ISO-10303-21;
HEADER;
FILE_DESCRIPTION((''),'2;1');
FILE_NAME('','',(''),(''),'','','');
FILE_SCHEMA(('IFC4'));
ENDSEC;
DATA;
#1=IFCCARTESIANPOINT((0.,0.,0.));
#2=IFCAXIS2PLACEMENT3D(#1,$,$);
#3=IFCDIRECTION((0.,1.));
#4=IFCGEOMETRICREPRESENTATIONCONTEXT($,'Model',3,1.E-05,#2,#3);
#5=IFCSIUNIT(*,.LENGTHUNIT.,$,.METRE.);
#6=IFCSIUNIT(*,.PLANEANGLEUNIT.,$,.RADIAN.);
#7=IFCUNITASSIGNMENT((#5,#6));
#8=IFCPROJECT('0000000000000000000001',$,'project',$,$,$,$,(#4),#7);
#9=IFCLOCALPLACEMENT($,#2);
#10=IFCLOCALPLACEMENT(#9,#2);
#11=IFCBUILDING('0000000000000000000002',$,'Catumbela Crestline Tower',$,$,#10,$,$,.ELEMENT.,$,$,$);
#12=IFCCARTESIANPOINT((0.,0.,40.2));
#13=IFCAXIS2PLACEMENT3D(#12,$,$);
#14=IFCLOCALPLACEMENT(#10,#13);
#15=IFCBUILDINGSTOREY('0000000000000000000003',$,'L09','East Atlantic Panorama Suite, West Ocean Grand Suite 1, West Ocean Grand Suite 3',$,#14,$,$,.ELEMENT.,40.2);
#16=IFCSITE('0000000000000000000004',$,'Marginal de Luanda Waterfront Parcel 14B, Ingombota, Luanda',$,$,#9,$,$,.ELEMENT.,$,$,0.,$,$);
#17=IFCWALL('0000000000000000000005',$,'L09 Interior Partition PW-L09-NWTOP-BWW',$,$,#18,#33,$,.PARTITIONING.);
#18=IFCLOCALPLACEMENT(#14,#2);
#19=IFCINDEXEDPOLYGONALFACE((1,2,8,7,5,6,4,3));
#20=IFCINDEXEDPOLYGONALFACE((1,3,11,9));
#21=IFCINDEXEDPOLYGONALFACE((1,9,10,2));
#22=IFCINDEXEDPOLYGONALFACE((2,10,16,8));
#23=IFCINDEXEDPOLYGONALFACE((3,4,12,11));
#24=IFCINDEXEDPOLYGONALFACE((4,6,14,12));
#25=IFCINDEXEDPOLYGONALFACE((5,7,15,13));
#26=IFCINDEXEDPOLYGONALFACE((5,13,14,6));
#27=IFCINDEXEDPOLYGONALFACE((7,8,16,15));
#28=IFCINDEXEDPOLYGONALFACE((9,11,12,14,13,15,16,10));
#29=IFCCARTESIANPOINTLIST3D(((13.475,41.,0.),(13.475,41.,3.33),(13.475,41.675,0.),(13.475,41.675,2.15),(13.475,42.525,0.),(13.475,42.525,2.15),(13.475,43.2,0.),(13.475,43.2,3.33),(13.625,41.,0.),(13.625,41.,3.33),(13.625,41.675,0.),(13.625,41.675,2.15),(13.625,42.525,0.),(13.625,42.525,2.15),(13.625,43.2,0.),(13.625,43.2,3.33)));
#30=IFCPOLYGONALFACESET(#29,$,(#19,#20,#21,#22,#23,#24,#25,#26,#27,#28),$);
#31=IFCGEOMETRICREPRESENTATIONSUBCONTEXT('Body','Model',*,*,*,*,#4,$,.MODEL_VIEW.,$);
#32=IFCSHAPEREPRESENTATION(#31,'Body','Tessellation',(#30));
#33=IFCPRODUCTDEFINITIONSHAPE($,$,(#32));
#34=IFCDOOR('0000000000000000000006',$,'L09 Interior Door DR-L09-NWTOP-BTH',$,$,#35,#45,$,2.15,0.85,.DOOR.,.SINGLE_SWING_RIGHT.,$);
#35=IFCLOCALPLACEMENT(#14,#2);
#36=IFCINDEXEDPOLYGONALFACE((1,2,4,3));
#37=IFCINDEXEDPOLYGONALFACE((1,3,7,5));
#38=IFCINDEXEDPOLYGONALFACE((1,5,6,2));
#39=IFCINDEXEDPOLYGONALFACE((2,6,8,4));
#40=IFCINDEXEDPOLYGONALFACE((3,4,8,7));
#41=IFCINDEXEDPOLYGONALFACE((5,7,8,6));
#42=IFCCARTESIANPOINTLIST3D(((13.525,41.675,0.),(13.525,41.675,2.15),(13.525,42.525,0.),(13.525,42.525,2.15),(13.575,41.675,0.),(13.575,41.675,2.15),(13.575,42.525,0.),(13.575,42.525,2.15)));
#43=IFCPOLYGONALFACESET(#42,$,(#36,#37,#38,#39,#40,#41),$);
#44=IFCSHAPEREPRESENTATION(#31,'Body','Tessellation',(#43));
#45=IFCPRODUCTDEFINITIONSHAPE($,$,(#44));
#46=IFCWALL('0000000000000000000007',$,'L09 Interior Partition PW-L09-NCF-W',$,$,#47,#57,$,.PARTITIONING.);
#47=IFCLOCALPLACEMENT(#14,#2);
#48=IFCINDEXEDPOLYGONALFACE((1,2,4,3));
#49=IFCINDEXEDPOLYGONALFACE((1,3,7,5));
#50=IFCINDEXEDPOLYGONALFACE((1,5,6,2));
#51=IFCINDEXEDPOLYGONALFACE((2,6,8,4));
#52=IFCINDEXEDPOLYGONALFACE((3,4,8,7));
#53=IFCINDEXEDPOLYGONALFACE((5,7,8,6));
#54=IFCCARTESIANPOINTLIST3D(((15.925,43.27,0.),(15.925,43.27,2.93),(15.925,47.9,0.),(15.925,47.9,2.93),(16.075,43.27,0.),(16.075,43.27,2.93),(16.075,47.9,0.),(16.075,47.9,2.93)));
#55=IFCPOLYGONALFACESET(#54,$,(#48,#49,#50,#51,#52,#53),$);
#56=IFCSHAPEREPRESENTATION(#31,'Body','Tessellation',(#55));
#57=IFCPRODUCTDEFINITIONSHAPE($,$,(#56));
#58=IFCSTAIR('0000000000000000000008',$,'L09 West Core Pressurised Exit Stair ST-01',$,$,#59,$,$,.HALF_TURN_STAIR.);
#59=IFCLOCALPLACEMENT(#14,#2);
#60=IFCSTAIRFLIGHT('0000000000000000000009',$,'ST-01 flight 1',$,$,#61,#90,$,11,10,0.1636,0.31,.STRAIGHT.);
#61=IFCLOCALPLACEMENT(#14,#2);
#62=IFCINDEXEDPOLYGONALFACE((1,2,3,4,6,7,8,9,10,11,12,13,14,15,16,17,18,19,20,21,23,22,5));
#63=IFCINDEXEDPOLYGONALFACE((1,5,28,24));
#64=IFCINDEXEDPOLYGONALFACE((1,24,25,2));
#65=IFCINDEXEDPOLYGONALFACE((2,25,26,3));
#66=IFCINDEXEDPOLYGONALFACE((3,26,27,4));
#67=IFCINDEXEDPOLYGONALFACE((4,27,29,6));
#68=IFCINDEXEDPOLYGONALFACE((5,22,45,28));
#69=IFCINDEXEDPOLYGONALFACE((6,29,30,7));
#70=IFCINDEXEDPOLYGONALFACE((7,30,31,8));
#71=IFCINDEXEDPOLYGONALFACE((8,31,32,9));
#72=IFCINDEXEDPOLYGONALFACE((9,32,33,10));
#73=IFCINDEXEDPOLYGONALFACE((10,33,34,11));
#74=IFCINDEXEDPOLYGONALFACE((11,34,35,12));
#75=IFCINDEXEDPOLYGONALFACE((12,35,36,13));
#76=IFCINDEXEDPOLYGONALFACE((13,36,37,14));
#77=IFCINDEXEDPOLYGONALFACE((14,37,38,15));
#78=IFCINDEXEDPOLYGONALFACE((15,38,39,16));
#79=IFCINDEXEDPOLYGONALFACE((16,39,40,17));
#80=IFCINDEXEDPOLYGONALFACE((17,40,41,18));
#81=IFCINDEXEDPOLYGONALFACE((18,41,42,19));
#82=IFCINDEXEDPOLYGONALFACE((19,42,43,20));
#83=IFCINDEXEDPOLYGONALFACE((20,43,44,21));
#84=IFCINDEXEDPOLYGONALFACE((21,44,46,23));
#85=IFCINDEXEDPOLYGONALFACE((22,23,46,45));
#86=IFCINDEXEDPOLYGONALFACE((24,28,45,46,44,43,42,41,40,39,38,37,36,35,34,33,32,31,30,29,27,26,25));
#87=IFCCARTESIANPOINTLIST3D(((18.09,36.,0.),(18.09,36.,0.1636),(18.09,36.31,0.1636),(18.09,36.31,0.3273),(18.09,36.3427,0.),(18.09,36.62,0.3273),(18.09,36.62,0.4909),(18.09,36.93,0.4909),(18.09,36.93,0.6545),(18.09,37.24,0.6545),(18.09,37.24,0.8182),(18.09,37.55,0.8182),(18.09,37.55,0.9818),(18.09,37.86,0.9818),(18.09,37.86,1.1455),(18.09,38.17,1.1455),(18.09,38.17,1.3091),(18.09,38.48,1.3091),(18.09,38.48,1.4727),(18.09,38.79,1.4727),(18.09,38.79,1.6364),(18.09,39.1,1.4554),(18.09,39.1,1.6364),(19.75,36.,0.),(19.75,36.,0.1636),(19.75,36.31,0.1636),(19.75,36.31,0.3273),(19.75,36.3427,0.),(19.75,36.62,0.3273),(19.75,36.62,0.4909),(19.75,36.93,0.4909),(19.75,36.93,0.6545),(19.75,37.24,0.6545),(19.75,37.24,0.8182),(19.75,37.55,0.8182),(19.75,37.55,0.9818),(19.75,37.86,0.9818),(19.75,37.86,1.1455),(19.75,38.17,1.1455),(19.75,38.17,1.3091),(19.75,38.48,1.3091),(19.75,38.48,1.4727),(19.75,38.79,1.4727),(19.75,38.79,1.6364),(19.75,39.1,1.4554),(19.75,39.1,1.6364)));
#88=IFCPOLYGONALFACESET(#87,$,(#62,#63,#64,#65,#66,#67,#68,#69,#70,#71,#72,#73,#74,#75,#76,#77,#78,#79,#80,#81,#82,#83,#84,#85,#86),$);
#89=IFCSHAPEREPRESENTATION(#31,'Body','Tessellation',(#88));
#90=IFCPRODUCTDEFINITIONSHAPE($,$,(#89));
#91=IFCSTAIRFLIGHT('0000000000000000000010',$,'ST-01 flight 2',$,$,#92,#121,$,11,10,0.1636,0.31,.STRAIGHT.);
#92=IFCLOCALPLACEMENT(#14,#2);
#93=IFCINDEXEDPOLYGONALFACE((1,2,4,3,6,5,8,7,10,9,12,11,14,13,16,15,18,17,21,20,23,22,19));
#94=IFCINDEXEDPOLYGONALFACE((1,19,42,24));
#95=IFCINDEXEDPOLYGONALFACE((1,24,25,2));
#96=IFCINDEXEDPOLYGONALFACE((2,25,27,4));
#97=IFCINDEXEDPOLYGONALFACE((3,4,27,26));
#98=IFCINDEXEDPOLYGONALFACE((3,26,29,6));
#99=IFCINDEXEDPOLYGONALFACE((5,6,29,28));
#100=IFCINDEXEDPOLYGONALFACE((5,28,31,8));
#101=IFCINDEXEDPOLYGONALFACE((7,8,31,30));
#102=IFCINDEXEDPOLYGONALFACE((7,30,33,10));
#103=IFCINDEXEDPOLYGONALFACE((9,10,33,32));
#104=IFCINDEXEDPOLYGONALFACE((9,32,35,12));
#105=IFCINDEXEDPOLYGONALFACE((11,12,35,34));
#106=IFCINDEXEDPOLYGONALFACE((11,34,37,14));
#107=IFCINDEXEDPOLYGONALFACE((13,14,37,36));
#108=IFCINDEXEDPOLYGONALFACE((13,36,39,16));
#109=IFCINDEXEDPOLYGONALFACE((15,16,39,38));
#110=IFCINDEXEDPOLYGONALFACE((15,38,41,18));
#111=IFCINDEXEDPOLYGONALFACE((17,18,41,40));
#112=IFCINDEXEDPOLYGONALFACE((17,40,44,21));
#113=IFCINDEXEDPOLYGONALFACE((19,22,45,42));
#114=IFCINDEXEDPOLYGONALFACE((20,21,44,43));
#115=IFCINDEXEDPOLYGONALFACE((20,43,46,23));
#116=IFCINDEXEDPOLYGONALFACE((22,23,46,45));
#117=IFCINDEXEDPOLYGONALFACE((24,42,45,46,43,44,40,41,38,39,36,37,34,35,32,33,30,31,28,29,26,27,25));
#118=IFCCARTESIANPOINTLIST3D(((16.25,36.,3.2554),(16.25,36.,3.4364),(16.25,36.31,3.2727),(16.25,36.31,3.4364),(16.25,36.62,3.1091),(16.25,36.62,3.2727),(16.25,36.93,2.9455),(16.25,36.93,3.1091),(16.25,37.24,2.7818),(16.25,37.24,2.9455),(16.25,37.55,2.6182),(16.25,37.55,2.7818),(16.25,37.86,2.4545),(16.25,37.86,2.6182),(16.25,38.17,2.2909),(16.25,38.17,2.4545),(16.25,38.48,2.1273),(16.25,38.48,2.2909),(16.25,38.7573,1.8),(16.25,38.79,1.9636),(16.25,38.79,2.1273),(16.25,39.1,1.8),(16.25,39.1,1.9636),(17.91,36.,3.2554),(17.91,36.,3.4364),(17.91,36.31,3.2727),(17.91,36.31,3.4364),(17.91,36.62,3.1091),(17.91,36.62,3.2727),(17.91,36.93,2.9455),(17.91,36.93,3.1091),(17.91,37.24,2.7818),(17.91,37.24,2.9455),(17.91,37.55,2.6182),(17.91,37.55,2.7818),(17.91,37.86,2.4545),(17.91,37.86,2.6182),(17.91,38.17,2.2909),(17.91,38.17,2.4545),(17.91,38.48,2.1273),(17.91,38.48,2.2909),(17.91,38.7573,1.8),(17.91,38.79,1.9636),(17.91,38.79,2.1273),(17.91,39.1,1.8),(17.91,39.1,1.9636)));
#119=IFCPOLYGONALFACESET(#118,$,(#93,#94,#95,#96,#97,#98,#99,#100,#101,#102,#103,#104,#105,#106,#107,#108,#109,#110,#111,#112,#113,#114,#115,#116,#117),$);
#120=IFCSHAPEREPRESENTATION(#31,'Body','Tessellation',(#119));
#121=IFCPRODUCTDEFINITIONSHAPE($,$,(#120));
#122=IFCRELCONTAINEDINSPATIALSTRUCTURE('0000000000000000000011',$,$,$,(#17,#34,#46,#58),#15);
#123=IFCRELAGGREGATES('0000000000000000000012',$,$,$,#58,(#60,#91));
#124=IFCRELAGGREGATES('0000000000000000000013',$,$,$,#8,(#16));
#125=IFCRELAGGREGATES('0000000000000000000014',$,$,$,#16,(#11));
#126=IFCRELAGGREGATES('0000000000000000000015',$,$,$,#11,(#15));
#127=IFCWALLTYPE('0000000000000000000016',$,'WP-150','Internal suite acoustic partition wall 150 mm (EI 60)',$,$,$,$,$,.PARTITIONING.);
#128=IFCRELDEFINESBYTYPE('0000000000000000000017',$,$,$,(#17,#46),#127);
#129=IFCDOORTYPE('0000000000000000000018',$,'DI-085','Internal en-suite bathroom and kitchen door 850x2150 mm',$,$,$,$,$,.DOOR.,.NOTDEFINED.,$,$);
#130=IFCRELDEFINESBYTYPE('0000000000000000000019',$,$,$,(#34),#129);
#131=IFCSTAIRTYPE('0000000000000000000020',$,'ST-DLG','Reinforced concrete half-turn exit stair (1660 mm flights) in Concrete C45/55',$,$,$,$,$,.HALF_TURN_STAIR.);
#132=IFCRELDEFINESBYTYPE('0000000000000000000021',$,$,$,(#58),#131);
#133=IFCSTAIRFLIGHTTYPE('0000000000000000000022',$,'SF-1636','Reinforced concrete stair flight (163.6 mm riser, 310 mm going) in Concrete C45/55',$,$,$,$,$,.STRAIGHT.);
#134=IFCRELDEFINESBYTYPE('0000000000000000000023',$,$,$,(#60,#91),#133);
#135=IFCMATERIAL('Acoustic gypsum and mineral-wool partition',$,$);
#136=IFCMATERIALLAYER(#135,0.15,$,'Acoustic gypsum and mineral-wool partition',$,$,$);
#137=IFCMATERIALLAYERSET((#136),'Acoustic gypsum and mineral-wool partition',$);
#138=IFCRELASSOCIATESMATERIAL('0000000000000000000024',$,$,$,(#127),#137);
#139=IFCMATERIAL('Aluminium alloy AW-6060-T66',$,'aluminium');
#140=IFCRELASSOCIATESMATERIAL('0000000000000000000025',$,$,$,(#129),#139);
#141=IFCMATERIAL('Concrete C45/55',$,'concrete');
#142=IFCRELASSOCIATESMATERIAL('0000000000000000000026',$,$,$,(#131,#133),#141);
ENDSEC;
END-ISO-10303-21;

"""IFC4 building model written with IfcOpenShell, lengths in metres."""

from ifc_helpers import new_model, si_unit, direction, frame, frame_2d, origin, place, context, subcontext, project, spatial, polyline, rectangle, outline, extrude, material, layer, layer_set, type_object, element, fill, aggregate, save


model = new_model("IFC4")

# Units and contexts
model_context = context("Model", 3, precision=1e-05, world=origin(), true_north=direction((0.0, 1.0)))
body_context = subcontext(model_context, "Body", "Model", "MODEL_VIEW")
ifc_project = project(units=[si_unit("LENGTHUNIT", "METRE"), si_unit("PLANEANGLEUNIT", "RADIAN")], contexts=[model_context])

# Site, building, storey
site_placement = place(None, origin())
site = spatial("IfcSite", under=ifc_project, at=site_placement, Name="Marginal de Luanda Waterfront Parcel 14B, Ingombota, Luanda", CompositionType="ELEMENT", RefElevation=0.0)
building_placement = place(site_placement, origin())
building = spatial("IfcBuilding", under=site, at=building_placement, Name="Catumbela Crestline Tower", CompositionType="ELEMENT")
storey_placement = place(building_placement, frame((0.0, 0.0, 40.2)))
storey = spatial("IfcBuildingStorey", under=building, at=storey_placement, Name="L09", Description="East Atlantic Panorama Suite, West Ocean Grand Suite 1, West Ocean Grand Suite 3", CompositionType="ELEMENT", Elevation=40.2)

# Shared definitions
ifc_material_1 = material(Name="Aluminium alloy AW-6060-T66", Category="aluminium")

# Shared definitions
ifc_material_2 = material(Name="Acoustic gypsum and mineral-wool partition")
ifc_layer_1 = layer(ifc_material_2, 0.15, Name="Acoustic gypsum and mineral-wool partition")
ifc_layer_set_1 = layer_set([ifc_layer_1], Name="Acoustic gypsum and mineral-wool partition")
wall_type_1 = type_object("IfcWallType", Name="WP-150", Description="Internal suite acoustic partition wall 150 mm (EI 60)", PredefinedType="PARTITIONING", material=ifc_layer_set_1)

# Wall, opening, door
wall_1_placement = place(storey_placement, frame((13.55, 41.0, 0.0), z_axis=(0.0, 0.0, 1.0), x_axis=(0.0, 1.0, 0.0)))
wall_1 = element("IfcWall", 1, at=wall_1_placement, inside=storey, type_object=wall_type_1, Name="L09 Interior Partition PW-L09-NWTOP-BWW", PredefinedType="PARTITIONING", context=body_context, shape_type="SweptSolid", body=[
    extrude(rectangle(XDim=2.2, YDim=0.15, at=frame_2d((1.1, 0.0))), origin(), (0.0, 0.0, 1.0), 3.33),
])
opening_1_placement = place(wall_1_placement, frame((0.675, 0.0, 0.0)))
opening_1 = element("IfcOpeningElement", 2, at=opening_1_placement, cuts=wall_1, PredefinedType="OPENING", context=body_context, shape_type="SweptSolid", body=[
    extrude(rectangle(XDim=0.85, YDim=2.15, at=frame_2d((0.425, 1.075))), frame((0.0, 0.085, 0.0), z_axis=(0.0, -1.0, 0.0), x_axis=(1.0, 0.0, 0.0)), (0.0, 0.0, 1.0), 0.17),
])
door_type_1 = type_object("IfcDoorType", Name="DI-085", Description="Internal en-suite bathroom and kitchen door 850x2150 mm", OperationType="NOTDEFINED", PredefinedType="DOOR", material=ifc_material_1)
door_1_placement = place(opening_1_placement, origin())
door_1 = element("IfcDoor", 3, at=door_1_placement, inside=storey, type_object=door_type_1, Name="L09 Interior Door DR-L09-NWTOP-BTH", OperationType="SINGLE_SWING_RIGHT", OverallHeight=2.15, OverallWidth=0.85, PredefinedType="DOOR", context=body_context, shape_type="SweptSolid", body=[
    extrude(rectangle(XDim=0.85, YDim=2.15, at=frame_2d((0.425, 1.075))), frame((0.0, 0.025, 0.0), z_axis=(0.0, -1.0, 0.0), x_axis=(1.0, 0.0, 0.0)), (0.0, 0.0, 1.0), 0.05),
])
fill(opening_1, door_1)

# Wall
wall_2_placement = place(storey_placement, frame((16.0, 43.27, 0.0), z_axis=(0.0, 0.0, 1.0), x_axis=(0.0, 1.0, 0.0)))
element("IfcWall", 4, at=wall_2_placement, inside=storey, type_object=wall_type_1, Name="L09 Interior Partition PW-L09-NCF-W", PredefinedType="PARTITIONING", context=body_context, shape_type="SweptSolid", body=[
    extrude(rectangle(XDim=4.63, YDim=0.15, at=frame_2d((2.315, 0.0))), origin(), (0.0, 0.0, 1.0), 2.93),
])

# Stair, stair flights
ifc_material_3 = material(Name="Concrete C45/55", Category="concrete")
stair_type = type_object("IfcStairType", Name="ST-DLG", Description="Reinforced concrete half-turn exit stair (1660 mm flights) in Concrete C45/55", PredefinedType="HALF_TURN_STAIR", material=ifc_material_3)
stair_placement = place(storey_placement, origin())
stair = element("IfcStair", 5, at=stair_placement, inside=storey, type_object=stair_type, Name="L09 West Core Pressurised Exit Stair ST-01", PredefinedType="HALF_TURN_STAIR")
stair_flight_type = type_object("IfcStairFlightType", Name="SF-1636", Description="Reinforced concrete stair flight (163.6 mm riser, 310 mm going) in Concrete C45/55", PredefinedType="STRAIGHT", material=ifc_material_3)
stair_flight_1_placement = place(storey_placement, frame((18.92, 36.0, 0.0), z_axis=(0.0, 0.0, 1.0), x_axis=(0.0, 1.0, 0.0)))
stair_flight_1 = element("IfcStairFlight", 6, at=stair_flight_1_placement, type_object=stair_flight_type, Name="ST-01 flight 1", NumberOfRisers=11, NumberOfTreads=10, PredefinedType="STRAIGHT", RiserHeight=0.1636, TreadLength=0.31, context=body_context, shape_type="SweptSolid", body=[
    extrude(outline(polyline([(0.0, 0.0), (0.0, 0.1636), (0.31, 0.1636), (0.31, 0.3273), (0.62, 0.3273), (0.62, 0.4909), (0.93, 0.4909), (0.93, 0.6545), (1.24, 0.6545), (1.24, 0.8182), (1.55, 0.8182), (1.55, 0.9818), (1.86, 0.9818), (1.86, 1.1455), (2.17, 1.1455), (2.17, 1.3091), (2.48, 1.3091), (2.48, 1.4727), (2.79, 1.4727), (2.79, 1.6364), (3.1, 1.6364), (3.1, 1.8), (3.1, 1.4554), (0.3427, 0.0), (0.0, 0.0)])), frame((0.0, 0.83, 0.0), z_axis=(0.0, -1.0, 0.0), x_axis=(1.0, 0.0, 0.0)), (0.0, 0.0, 1.0), 1.66),
])
stair_flight_2_placement = place(storey_placement, frame((17.08, 39.1, 1.8), z_axis=(0.0, 0.0, 1.0), x_axis=(0.0, -1.0, 0.0)))
stair_flight_2 = element("IfcStairFlight", 7, at=stair_flight_2_placement, type_object=stair_flight_type, Name="ST-01 flight 2", NumberOfRisers=11, NumberOfTreads=10, PredefinedType="STRAIGHT", RiserHeight=0.1636, TreadLength=0.31, context=body_context, shape_type="SweptSolid", body=[
    extrude(outline(polyline([(0.0, 0.0), (0.0, 0.1636), (0.31, 0.1636), (0.31, 0.3273), (0.62, 0.3273), (0.62, 0.4909), (0.93, 0.4909), (0.93, 0.6545), (1.24, 0.6545), (1.24, 0.8182), (1.55, 0.8182), (1.55, 0.9818), (1.86, 0.9818), (1.86, 1.1455), (2.17, 1.1455), (2.17, 1.3091), (2.48, 1.3091), (2.48, 1.4727), (2.79, 1.4727), (2.79, 1.6364), (3.1, 1.6364), (3.1, 1.8), (3.1, 1.4554), (0.3427, 0.0), (0.0, 0.0)])), frame((0.0, 0.83, 0.0), z_axis=(0.0, -1.0, 0.0), x_axis=(1.0, 0.0, 0.0)), (0.0, 0.0, 1.0), 1.66),
])
aggregate(stair, [stair_flight_1, stair_flight_2])

save(model, "model.ifc")
